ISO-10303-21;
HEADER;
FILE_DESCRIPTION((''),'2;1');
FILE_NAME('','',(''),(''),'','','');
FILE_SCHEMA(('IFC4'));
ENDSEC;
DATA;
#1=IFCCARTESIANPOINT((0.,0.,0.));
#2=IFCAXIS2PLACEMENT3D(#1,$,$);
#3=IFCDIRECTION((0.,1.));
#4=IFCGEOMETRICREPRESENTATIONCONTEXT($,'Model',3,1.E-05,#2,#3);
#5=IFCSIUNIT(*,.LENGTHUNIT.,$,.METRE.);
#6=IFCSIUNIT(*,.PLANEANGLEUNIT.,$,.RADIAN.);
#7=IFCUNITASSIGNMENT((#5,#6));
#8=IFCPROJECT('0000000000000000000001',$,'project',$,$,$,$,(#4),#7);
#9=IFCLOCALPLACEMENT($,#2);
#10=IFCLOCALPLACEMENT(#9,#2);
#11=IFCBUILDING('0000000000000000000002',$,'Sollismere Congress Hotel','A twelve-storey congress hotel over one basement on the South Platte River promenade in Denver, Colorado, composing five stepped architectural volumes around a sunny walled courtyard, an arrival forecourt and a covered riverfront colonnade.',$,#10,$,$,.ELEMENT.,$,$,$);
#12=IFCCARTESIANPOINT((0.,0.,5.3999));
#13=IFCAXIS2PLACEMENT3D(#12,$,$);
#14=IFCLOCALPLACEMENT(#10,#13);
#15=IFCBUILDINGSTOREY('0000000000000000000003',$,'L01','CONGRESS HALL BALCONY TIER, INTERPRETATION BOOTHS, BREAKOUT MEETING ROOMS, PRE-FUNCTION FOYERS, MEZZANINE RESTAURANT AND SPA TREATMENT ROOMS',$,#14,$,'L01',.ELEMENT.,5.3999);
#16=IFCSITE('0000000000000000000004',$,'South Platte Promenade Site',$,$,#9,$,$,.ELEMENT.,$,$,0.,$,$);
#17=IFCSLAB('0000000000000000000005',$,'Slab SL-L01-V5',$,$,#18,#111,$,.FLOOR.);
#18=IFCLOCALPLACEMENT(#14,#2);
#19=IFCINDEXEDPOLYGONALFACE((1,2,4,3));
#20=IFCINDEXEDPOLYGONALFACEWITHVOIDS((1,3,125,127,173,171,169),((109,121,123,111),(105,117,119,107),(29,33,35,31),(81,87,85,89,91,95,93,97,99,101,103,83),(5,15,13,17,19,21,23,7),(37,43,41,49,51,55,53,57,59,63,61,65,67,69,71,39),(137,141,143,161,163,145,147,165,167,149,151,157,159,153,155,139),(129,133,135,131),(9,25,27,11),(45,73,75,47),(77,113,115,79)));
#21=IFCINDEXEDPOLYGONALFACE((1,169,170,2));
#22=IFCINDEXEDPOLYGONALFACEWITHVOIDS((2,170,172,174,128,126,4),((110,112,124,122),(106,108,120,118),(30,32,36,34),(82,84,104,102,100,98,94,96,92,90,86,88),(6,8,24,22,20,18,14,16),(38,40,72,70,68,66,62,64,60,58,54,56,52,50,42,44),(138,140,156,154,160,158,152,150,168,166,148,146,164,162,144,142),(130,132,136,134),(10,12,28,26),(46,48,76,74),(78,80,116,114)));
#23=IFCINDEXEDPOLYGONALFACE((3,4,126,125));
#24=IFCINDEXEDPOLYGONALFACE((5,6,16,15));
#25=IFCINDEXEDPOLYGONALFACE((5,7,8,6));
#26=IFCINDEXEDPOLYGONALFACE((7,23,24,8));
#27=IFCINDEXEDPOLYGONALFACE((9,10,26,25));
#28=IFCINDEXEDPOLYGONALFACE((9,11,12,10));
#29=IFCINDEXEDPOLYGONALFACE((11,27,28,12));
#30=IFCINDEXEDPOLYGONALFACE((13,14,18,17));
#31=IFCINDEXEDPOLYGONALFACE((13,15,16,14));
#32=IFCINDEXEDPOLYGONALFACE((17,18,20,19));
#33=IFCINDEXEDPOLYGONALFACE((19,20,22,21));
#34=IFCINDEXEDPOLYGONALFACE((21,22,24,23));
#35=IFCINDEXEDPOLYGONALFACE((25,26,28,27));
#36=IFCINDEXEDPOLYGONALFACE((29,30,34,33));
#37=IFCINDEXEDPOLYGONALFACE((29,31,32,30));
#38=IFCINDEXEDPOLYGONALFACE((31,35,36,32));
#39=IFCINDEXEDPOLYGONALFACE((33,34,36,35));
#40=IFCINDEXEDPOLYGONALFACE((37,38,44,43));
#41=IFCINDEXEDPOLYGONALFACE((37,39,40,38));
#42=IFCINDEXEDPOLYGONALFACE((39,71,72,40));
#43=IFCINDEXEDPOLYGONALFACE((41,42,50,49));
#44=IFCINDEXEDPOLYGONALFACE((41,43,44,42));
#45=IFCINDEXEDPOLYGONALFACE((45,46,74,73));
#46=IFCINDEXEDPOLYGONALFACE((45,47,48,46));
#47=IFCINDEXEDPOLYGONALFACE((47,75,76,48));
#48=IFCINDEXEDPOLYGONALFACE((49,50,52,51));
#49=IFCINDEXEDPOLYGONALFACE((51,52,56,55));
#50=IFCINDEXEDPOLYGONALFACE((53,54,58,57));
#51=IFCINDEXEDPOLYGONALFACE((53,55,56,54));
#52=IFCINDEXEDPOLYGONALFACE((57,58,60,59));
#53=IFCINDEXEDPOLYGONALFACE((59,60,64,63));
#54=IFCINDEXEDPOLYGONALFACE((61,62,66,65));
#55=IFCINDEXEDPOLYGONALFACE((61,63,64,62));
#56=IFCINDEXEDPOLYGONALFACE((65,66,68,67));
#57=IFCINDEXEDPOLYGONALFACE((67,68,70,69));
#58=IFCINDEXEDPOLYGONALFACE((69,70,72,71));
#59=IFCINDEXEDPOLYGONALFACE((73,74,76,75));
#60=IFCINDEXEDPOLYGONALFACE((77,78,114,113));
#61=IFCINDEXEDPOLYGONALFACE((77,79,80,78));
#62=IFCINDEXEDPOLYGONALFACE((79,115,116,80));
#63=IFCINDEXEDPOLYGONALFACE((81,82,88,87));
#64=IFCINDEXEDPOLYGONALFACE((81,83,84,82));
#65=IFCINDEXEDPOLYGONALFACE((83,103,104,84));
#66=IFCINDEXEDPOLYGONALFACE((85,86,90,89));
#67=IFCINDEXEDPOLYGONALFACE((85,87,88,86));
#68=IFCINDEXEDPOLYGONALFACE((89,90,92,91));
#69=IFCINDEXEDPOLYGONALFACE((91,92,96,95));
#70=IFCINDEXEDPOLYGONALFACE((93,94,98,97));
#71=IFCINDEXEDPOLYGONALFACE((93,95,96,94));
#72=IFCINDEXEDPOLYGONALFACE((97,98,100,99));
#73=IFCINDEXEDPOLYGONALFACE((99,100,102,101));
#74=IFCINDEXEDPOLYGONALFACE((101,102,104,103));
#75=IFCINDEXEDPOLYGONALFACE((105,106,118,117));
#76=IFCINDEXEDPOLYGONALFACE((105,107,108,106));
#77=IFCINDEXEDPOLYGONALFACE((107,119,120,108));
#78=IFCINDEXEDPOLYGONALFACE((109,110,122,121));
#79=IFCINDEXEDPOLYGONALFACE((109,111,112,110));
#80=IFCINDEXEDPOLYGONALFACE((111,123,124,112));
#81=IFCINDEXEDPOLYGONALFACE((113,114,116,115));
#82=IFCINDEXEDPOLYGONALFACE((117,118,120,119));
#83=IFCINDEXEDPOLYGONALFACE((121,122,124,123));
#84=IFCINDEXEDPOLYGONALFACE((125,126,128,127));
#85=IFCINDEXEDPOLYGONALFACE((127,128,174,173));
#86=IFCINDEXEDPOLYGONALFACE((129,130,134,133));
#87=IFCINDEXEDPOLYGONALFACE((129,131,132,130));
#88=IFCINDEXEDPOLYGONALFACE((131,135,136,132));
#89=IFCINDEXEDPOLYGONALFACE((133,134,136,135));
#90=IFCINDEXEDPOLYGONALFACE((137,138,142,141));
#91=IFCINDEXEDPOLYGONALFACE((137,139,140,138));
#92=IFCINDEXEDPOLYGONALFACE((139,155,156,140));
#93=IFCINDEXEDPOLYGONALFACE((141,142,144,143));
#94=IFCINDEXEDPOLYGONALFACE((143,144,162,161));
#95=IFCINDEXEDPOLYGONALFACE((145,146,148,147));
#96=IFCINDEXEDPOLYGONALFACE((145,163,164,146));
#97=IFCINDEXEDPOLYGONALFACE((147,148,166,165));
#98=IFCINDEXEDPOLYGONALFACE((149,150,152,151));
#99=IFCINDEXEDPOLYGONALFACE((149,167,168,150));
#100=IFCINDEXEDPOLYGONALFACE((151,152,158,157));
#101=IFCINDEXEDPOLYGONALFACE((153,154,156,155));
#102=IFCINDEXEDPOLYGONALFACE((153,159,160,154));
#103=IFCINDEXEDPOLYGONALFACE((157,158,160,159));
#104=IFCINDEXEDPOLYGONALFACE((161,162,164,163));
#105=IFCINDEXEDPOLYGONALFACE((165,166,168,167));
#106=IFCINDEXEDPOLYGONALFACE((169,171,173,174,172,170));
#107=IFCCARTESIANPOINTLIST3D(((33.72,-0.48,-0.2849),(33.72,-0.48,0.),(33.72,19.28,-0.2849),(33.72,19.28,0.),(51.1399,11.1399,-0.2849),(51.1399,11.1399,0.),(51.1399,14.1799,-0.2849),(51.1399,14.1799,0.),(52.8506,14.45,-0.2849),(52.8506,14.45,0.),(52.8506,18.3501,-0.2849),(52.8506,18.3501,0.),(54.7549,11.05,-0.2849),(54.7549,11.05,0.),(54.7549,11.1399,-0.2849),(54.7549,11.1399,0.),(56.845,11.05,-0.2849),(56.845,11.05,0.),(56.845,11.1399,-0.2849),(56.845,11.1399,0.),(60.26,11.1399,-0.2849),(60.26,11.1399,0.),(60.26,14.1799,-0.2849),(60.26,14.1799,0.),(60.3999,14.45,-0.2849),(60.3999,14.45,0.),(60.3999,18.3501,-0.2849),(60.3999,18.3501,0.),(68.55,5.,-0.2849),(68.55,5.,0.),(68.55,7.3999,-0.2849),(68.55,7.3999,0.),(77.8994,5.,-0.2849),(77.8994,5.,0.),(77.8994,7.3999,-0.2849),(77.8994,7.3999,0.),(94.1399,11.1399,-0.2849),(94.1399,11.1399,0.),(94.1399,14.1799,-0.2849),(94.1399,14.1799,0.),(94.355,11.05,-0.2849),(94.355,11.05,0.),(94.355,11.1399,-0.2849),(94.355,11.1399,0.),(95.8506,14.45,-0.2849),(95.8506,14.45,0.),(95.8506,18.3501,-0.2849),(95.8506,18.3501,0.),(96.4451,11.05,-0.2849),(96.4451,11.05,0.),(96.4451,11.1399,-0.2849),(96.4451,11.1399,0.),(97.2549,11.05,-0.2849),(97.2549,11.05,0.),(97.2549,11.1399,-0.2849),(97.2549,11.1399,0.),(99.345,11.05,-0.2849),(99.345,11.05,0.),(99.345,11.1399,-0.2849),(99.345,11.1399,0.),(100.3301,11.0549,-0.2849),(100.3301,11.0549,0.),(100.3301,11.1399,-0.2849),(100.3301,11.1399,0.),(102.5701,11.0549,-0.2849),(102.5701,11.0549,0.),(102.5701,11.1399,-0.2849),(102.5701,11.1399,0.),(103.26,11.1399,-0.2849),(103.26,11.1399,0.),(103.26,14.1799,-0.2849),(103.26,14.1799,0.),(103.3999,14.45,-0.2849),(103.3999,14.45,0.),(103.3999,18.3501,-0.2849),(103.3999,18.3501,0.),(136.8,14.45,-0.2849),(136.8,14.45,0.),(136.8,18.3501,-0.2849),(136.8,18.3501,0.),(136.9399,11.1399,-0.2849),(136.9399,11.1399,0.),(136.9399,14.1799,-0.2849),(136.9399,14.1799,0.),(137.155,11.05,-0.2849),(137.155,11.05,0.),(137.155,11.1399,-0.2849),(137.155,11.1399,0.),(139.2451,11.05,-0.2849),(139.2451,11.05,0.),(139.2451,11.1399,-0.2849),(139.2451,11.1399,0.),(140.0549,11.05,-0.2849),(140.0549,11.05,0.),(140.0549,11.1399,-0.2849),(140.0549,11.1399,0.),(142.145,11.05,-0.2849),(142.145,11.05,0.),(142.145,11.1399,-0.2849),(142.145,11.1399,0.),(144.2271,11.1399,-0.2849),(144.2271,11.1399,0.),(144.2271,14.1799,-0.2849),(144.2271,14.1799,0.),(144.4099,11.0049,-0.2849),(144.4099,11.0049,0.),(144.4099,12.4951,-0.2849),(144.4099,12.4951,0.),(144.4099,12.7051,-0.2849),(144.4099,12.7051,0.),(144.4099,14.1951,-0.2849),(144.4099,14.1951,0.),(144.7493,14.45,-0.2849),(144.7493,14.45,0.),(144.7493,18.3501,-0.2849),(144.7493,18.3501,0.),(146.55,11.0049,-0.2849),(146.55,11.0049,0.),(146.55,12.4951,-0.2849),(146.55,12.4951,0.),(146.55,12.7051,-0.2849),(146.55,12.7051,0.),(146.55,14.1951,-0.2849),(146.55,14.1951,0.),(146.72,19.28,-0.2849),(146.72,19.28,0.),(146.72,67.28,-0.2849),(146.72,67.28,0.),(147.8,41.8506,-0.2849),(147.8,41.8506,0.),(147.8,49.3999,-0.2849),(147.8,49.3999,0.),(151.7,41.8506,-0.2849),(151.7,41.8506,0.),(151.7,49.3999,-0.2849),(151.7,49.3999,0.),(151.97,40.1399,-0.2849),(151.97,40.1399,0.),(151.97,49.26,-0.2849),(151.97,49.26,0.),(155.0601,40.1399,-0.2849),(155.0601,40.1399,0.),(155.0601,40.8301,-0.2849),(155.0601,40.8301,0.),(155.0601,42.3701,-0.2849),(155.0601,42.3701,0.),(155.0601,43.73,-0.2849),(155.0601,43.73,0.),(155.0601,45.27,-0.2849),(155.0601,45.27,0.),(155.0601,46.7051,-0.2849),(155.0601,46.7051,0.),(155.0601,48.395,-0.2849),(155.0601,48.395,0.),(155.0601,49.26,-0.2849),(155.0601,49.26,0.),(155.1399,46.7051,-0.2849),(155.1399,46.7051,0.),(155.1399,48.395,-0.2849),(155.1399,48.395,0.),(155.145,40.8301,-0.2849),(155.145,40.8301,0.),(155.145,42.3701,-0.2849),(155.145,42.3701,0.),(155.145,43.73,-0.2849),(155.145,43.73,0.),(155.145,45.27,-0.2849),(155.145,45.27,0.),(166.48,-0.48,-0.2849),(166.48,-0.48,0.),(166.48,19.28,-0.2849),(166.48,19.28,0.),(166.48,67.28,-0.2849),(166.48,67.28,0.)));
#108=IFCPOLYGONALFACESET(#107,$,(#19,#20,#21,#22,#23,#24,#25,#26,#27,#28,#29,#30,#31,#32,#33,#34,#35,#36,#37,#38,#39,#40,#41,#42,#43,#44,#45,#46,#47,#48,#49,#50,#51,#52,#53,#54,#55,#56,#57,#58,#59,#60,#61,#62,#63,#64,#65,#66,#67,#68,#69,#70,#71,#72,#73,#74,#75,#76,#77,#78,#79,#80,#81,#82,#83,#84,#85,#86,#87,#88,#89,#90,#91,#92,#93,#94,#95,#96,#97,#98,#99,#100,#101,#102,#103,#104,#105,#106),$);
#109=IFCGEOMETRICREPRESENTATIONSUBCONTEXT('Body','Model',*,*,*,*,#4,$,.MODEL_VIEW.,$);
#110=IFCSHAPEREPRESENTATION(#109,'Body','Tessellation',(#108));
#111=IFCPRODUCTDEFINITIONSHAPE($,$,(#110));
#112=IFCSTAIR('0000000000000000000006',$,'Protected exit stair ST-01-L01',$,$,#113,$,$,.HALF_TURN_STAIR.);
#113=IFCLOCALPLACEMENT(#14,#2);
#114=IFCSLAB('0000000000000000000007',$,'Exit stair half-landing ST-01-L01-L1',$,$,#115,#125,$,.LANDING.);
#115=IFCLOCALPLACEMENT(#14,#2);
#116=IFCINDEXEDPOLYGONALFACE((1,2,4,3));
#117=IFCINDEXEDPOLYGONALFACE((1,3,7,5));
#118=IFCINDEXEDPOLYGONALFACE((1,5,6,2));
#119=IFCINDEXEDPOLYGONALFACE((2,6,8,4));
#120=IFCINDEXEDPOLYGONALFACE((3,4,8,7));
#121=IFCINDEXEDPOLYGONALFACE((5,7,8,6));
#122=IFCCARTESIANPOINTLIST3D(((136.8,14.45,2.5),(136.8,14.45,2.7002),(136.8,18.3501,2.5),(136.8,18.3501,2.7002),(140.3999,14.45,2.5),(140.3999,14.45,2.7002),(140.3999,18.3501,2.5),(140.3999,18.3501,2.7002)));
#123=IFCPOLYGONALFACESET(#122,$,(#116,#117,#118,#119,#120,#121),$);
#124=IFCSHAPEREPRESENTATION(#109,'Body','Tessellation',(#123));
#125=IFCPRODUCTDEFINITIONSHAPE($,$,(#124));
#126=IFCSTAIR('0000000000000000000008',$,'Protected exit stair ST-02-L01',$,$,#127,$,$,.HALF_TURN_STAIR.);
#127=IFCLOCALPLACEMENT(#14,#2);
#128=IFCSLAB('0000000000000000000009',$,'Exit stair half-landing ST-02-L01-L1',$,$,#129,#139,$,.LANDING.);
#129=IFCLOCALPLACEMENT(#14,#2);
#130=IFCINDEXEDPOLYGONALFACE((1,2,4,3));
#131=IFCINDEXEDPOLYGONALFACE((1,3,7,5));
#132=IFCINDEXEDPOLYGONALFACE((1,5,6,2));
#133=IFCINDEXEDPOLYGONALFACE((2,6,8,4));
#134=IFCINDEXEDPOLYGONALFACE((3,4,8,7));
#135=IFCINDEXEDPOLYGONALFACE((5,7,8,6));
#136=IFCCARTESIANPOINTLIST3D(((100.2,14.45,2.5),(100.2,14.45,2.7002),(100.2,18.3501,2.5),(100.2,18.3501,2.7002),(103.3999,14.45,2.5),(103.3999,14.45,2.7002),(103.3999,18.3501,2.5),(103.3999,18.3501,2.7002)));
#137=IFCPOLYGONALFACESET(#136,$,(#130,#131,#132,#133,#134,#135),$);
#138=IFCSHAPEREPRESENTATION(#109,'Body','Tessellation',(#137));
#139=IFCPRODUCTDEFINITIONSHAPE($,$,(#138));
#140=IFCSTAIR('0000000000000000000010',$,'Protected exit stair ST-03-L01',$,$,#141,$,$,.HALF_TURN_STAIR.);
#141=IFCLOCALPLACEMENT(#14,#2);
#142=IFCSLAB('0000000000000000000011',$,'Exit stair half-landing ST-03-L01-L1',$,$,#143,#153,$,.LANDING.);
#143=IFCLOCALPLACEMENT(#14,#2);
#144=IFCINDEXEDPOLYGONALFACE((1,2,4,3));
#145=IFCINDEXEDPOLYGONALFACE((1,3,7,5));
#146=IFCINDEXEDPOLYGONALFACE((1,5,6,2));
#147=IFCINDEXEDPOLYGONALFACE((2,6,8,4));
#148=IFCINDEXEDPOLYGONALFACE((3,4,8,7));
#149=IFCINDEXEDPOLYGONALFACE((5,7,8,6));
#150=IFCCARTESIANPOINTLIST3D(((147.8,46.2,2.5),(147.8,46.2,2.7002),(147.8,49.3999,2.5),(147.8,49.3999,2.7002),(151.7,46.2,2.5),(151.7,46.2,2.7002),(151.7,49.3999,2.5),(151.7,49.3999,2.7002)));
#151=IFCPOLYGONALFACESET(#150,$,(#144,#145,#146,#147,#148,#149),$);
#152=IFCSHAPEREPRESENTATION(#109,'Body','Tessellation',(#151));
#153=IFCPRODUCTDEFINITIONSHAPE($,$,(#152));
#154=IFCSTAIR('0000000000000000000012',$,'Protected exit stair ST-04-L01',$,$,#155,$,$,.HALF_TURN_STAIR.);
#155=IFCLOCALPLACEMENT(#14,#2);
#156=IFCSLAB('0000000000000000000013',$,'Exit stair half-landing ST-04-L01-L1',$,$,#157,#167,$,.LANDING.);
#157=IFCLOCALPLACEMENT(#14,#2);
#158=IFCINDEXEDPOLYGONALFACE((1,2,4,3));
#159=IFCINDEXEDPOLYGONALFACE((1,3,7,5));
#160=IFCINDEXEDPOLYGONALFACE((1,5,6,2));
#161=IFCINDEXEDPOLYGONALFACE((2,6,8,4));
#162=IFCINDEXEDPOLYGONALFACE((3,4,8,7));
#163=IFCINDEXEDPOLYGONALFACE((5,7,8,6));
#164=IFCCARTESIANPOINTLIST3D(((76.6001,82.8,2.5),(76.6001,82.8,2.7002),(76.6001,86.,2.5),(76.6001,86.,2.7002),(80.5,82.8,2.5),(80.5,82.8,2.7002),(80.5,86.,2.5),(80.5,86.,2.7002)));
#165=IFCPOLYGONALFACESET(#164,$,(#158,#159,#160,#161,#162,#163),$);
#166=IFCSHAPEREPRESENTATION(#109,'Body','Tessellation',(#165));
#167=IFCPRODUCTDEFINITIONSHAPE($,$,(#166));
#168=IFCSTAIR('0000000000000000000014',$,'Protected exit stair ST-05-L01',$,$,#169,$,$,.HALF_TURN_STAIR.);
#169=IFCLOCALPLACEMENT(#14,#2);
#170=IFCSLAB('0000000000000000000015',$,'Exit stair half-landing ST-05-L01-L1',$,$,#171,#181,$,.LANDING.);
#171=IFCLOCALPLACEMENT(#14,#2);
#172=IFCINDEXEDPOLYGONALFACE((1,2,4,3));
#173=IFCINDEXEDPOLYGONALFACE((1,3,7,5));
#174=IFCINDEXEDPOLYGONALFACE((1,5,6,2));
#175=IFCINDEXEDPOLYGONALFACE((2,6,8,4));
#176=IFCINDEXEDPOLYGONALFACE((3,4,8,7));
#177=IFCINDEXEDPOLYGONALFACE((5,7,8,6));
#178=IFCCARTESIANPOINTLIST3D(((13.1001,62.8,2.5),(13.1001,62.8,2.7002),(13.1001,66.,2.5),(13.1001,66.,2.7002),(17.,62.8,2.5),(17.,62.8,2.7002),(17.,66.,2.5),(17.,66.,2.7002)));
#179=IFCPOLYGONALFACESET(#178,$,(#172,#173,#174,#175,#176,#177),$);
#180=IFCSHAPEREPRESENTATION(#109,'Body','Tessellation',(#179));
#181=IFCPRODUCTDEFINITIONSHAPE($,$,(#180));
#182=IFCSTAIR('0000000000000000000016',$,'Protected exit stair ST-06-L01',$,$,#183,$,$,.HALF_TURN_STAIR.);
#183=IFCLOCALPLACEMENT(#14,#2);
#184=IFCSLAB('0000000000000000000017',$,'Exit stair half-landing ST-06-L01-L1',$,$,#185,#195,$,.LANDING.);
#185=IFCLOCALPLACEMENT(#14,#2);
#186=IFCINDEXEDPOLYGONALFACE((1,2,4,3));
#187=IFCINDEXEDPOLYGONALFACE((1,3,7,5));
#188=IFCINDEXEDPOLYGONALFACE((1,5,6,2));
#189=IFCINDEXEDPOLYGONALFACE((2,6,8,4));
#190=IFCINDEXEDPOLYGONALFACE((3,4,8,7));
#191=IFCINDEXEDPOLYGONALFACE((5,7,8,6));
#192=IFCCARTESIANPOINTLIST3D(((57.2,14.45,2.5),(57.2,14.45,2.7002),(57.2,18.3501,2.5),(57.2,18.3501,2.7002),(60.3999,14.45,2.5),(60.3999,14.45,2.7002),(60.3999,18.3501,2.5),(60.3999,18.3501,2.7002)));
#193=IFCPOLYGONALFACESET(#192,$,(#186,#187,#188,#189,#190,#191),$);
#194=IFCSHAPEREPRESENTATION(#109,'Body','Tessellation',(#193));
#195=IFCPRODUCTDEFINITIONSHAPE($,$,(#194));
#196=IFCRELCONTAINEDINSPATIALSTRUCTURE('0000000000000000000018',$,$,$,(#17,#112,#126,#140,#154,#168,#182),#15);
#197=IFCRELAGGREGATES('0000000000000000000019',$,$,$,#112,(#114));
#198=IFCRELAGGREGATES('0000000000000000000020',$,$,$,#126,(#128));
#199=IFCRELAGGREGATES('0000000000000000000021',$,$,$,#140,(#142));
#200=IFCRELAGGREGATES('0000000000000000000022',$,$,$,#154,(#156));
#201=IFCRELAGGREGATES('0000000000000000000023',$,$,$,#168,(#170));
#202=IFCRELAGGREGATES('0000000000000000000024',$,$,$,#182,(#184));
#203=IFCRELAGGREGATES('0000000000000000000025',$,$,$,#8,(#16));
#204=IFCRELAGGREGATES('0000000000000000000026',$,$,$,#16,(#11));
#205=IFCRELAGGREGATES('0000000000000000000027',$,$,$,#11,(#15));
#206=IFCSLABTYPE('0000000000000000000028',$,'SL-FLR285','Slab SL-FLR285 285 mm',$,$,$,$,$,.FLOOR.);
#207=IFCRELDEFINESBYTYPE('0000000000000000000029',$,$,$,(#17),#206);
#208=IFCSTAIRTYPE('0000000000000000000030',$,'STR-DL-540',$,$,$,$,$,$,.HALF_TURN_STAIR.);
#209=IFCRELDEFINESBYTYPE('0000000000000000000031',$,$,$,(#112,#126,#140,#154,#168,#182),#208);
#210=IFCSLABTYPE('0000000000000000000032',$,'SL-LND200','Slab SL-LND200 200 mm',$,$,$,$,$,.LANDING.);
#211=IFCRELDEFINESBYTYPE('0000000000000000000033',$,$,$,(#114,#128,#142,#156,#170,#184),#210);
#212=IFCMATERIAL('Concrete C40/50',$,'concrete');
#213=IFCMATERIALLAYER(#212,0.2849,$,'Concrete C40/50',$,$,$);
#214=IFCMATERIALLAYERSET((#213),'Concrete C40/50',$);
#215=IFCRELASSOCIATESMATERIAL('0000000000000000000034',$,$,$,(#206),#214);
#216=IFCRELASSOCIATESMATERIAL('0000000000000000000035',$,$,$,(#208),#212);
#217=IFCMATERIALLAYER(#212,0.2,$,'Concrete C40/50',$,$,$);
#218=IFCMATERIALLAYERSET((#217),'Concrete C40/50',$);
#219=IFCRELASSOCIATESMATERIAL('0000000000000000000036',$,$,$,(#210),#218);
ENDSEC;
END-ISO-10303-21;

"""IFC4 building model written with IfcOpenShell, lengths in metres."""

from ifc_helpers import new_model, si_unit, direction, frame, origin, place, context, subcontext, project, spatial, polyline, outline, extrude, material, layer, layer_set, type_object, element, aggregate, save


model = new_model("IFC4")

# Units and contexts
model_context = context("Model", 3, precision=1e-05, world=origin(), true_north=direction((0.0, 1.0)))
body_context = subcontext(model_context, "Body", "Model", "MODEL_VIEW")
ifc_project = project(units=[si_unit("LENGTHUNIT", "METRE"), si_unit("PLANEANGLEUNIT", "RADIAN")], contexts=[model_context])

# Site, building, storey
site_placement = place(None, origin())
site = spatial("IfcSite", under=ifc_project, at=site_placement, Name="South Platte Promenade Site", CompositionType="ELEMENT", RefElevation=0.0)
building_placement = place(site_placement, origin())
building = spatial("IfcBuilding", under=site, at=building_placement, Name="Sollismere Congress Hotel", Description="A twelve-storey congress hotel over one basement on the South Platte River promenade in Denver, Colorado, composing five stepped architectural volumes around a sunny walled courtyard, an arrival forecourt and a covered riverfront colonnade.", CompositionType="ELEMENT")
storey_placement = place(building_placement, frame((0.0, 0.0, 5.3999)))
storey = spatial("IfcBuildingStorey", under=building, at=storey_placement, Name="L01", Description="CONGRESS HALL BALCONY TIER, INTERPRETATION BOOTHS, BREAKOUT MEETING ROOMS, PRE-FUNCTION FOYERS, MEZZANINE RESTAURANT AND SPA TREATMENT ROOMS", LongName="L01", CompositionType="ELEMENT", Elevation=5.3999)

# Slab
ifc_material_1 = material(Name="Concrete C40/50", Category="concrete")
ifc_layer_1 = layer(ifc_material_1, 0.2849, Name="Concrete C40/50")
ifc_layer_set_1 = layer_set([ifc_layer_1], Name="Concrete C40/50")
slab_type_1 = type_object("IfcSlabType", Name="SL-FLR285", Description="Slab SL-FLR285 285 mm", PredefinedType="FLOOR", material=ifc_layer_set_1)
slab_1_placement = place(storey_placement, frame((0.0, 0.0, -0.2849)))
element("IfcSlab", 1, at=slab_1_placement, inside=storey, type_object=slab_type_1, Name="Slab SL-L01-V5", PredefinedType="FLOOR", context=body_context, shape_type="SweptSolid", body=[
    extrude(outline(polyline([(166.48, -0.48), (166.48, 19.28), (166.48, 67.28), (146.72, 67.28), (146.72, 19.28), (33.72, 19.28), (33.72, -0.48), (166.48, -0.48)]), holes=[polyline([(77.8994, 5.0), (68.55, 5.0), (68.55, 7.3999), (77.8994, 7.3999), (77.8994, 5.0)]), polyline([(54.7549, 11.05), (54.7549, 11.1399), (51.1399, 11.1399), (51.1399, 14.1799), (60.26, 14.1799), (60.26, 11.1399), (56.845, 11.1399), (56.845, 11.05), (54.7549, 11.05)]), polyline([(94.355, 11.05), (94.355, 11.1399), (94.1399, 11.1399), (94.1399, 14.1799), (103.26, 14.1799), (103.26, 11.1399), (102.5701, 11.1399), (102.5701, 11.0549), (100.3301, 11.0549), (100.3301, 11.1399), (99.345, 11.1399), (99.345, 11.05), (97.2549, 11.05), (97.2549, 11.1399), (96.4451, 11.1399), (96.4451, 11.05), (94.355, 11.05)]), polyline([(137.155, 11.05), (137.155, 11.1399), (136.9399, 11.1399), (136.9399, 14.1799), (144.2271, 14.1799), (144.2271, 11.1399), (142.145, 11.1399), (142.145, 11.05), (140.0549, 11.05), (140.0549, 11.1399), (139.2451, 11.1399), (139.2451, 11.05), (137.155, 11.05)]), polyline([(52.8506, 18.3501), (60.3999, 18.3501), (60.3999, 14.45), (52.8506, 14.45), (52.8506, 18.3501)]), polyline([(95.8506, 18.3501), (103.3999, 18.3501), (103.3999, 14.45), (95.8506, 14.45), (95.8506, 18.3501)]), polyline([(146.55, 11.0049), (144.4099, 11.0049), (144.4099, 12.4951), (146.55, 12.4951), (146.55, 11.0049)]), polyline([(144.4099, 12.7051), (144.4099, 14.1951), (146.55, 14.1951), (146.55, 12.7051), (144.4099, 12.7051)]), polyline([(144.7493, 14.45), (136.8, 14.45), (136.8, 18.3501), (144.7493, 18.3501), (144.7493, 14.45)]), polyline([(155.0601, 40.8301), (155.0601, 40.1399), (151.97, 40.1399), (151.97, 49.26), (155.0601, 49.26), (155.0601, 48.395), (155.1399, 48.395), (155.1399, 46.7051), (155.0601, 46.7051), (155.0601, 45.27), (155.145, 45.27), (155.145, 43.73), (155.0601, 43.73), (155.0601, 42.3701), (155.145, 42.3701), (155.145, 40.8301), (155.0601, 40.8301)]), polyline([(147.8, 41.8506), (147.8, 49.3999), (151.7, 49.3999), (151.7, 41.8506), (147.8, 41.8506)])]), origin(), (0.0, 0.0, 1.0), 0.2849),
])

# Stairs, slabs
stair_type = type_object("IfcStairType", Name="STR-DL-540", PredefinedType="HALF_TURN_STAIR", material=ifc_material_1)
stair_1_placement = place(storey_placement, origin())
stair_1 = element("IfcStair", 2, at=stair_1_placement, inside=storey, type_object=stair_type, Name="Protected exit stair ST-01-L01", PredefinedType="HALF_TURN_STAIR")
ifc_layer_2 = layer(ifc_material_1, 0.2, Name="Concrete C40/50")
ifc_layer_set_2 = layer_set([ifc_layer_2], Name="Concrete C40/50")
slab_type_2 = type_object("IfcSlabType", Name="SL-LND200", Description="Slab SL-LND200 200 mm", PredefinedType="LANDING", material=ifc_layer_set_2)
slab_2_placement = place(storey_placement, frame((0.0, 0.0, 2.5)))
slab_2 = element("IfcSlab", 3, at=slab_2_placement, type_object=slab_type_2, Name="Exit stair half-landing ST-01-L01-L1", PredefinedType="LANDING", context=body_context, shape_type="SweptSolid", body=[
    extrude(outline(polyline([(140.3999, 18.3501), (136.8, 18.3501), (136.8, 14.45), (140.3999, 14.45), (140.3999, 18.3501)])), origin(), (0.0, 0.0, 1.0), 0.2002),
])
aggregate(stair_1, [slab_2])
stair_2_placement = place(storey_placement, origin())
stair_2 = element("IfcStair", 4, at=stair_2_placement, inside=storey, type_object=stair_type, Name="Protected exit stair ST-02-L01", PredefinedType="HALF_TURN_STAIR")
slab_3_placement = place(storey_placement, frame((0.0, 0.0, 2.5)))
slab_3 = element("IfcSlab", 5, at=slab_3_placement, type_object=slab_type_2, Name="Exit stair half-landing ST-02-L01-L1", PredefinedType="LANDING", context=body_context, shape_type="SweptSolid", body=[
    extrude(outline(polyline([(100.2, 14.45), (103.3999, 14.45), (103.3999, 18.3501), (100.2, 18.3501), (100.2, 14.45)])), origin(), (0.0, 0.0, 1.0), 0.2002),
])
aggregate(stair_2, [slab_3])
stair_3_placement = place(storey_placement, origin())
stair_3 = element("IfcStair", 6, at=stair_3_placement, inside=storey, type_object=stair_type, Name="Protected exit stair ST-03-L01", PredefinedType="HALF_TURN_STAIR")
slab_4_placement = place(storey_placement, frame((0.0, 0.0, 2.5)))
slab_4 = element("IfcSlab", 7, at=slab_4_placement, type_object=slab_type_2, Name="Exit stair half-landing ST-03-L01-L1", PredefinedType="LANDING", context=body_context, shape_type="SweptSolid", body=[
    extrude(outline(polyline([(151.7, 46.2), (151.7, 49.3999), (147.8, 49.3999), (147.8, 46.2), (151.7, 46.2)])), origin(), (0.0, 0.0, 1.0), 0.2002),
])
aggregate(stair_3, [slab_4])
stair_4_placement = place(storey_placement, origin())
stair_4 = element("IfcStair", 8, at=stair_4_placement, inside=storey, type_object=stair_type, Name="Protected exit stair ST-04-L01", PredefinedType="HALF_TURN_STAIR")
slab_5_placement = place(storey_placement, frame((0.0, 0.0, 2.5)))
slab_5 = element("IfcSlab", 9, at=slab_5_placement, type_object=slab_type_2, Name="Exit stair half-landing ST-04-L01-L1", PredefinedType="LANDING", context=body_context, shape_type="SweptSolid", body=[
    extrude(outline(polyline([(80.5, 82.8), (80.5, 86.0), (76.6001, 86.0), (76.6001, 82.8), (80.5, 82.8)])), origin(), (0.0, 0.0, 1.0), 0.2002),
])
aggregate(stair_4, [slab_5])
stair_5_placement = place(storey_placement, origin())
stair_5 = element("IfcStair", 10, at=stair_5_placement, inside=storey, type_object=stair_type, Name="Protected exit stair ST-05-L01", PredefinedType="HALF_TURN_STAIR")
slab_6_placement = place(storey_placement, frame((0.0, 0.0, 2.5)))
slab_6 = element("IfcSlab", 11, at=slab_6_placement, type_object=slab_type_2, Name="Exit stair half-landing ST-05-L01-L1", PredefinedType="LANDING", context=body_context, shape_type="SweptSolid", body=[
    extrude(outline(polyline([(17.0, 62.8), (17.0, 66.0), (13.1001, 66.0), (13.1001, 62.8), (17.0, 62.8)])), origin(), (0.0, 0.0, 1.0), 0.2002),
])
aggregate(stair_5, [slab_6])
stair_6_placement = place(storey_placement, origin())
stair_6 = element("IfcStair", 12, at=stair_6_placement, inside=storey, type_object=stair_type, Name="Protected exit stair ST-06-L01", PredefinedType="HALF_TURN_STAIR")
slab_7_placement = place(storey_placement, frame((0.0, 0.0, 2.5)))
slab_7 = element("IfcSlab", 13, at=slab_7_placement, type_object=slab_type_2, Name="Exit stair half-landing ST-06-L01-L1", PredefinedType="LANDING", context=body_context, shape_type="SweptSolid", body=[
    extrude(outline(polyline([(57.2, 14.45), (60.3999, 14.45), (60.3999, 18.3501), (57.2, 18.3501), (57.2, 14.45)])), origin(), (0.0, 0.0, 1.0), 0.2002),
])
aggregate(stair_6, [slab_7])

save(model, "model.ifc")
